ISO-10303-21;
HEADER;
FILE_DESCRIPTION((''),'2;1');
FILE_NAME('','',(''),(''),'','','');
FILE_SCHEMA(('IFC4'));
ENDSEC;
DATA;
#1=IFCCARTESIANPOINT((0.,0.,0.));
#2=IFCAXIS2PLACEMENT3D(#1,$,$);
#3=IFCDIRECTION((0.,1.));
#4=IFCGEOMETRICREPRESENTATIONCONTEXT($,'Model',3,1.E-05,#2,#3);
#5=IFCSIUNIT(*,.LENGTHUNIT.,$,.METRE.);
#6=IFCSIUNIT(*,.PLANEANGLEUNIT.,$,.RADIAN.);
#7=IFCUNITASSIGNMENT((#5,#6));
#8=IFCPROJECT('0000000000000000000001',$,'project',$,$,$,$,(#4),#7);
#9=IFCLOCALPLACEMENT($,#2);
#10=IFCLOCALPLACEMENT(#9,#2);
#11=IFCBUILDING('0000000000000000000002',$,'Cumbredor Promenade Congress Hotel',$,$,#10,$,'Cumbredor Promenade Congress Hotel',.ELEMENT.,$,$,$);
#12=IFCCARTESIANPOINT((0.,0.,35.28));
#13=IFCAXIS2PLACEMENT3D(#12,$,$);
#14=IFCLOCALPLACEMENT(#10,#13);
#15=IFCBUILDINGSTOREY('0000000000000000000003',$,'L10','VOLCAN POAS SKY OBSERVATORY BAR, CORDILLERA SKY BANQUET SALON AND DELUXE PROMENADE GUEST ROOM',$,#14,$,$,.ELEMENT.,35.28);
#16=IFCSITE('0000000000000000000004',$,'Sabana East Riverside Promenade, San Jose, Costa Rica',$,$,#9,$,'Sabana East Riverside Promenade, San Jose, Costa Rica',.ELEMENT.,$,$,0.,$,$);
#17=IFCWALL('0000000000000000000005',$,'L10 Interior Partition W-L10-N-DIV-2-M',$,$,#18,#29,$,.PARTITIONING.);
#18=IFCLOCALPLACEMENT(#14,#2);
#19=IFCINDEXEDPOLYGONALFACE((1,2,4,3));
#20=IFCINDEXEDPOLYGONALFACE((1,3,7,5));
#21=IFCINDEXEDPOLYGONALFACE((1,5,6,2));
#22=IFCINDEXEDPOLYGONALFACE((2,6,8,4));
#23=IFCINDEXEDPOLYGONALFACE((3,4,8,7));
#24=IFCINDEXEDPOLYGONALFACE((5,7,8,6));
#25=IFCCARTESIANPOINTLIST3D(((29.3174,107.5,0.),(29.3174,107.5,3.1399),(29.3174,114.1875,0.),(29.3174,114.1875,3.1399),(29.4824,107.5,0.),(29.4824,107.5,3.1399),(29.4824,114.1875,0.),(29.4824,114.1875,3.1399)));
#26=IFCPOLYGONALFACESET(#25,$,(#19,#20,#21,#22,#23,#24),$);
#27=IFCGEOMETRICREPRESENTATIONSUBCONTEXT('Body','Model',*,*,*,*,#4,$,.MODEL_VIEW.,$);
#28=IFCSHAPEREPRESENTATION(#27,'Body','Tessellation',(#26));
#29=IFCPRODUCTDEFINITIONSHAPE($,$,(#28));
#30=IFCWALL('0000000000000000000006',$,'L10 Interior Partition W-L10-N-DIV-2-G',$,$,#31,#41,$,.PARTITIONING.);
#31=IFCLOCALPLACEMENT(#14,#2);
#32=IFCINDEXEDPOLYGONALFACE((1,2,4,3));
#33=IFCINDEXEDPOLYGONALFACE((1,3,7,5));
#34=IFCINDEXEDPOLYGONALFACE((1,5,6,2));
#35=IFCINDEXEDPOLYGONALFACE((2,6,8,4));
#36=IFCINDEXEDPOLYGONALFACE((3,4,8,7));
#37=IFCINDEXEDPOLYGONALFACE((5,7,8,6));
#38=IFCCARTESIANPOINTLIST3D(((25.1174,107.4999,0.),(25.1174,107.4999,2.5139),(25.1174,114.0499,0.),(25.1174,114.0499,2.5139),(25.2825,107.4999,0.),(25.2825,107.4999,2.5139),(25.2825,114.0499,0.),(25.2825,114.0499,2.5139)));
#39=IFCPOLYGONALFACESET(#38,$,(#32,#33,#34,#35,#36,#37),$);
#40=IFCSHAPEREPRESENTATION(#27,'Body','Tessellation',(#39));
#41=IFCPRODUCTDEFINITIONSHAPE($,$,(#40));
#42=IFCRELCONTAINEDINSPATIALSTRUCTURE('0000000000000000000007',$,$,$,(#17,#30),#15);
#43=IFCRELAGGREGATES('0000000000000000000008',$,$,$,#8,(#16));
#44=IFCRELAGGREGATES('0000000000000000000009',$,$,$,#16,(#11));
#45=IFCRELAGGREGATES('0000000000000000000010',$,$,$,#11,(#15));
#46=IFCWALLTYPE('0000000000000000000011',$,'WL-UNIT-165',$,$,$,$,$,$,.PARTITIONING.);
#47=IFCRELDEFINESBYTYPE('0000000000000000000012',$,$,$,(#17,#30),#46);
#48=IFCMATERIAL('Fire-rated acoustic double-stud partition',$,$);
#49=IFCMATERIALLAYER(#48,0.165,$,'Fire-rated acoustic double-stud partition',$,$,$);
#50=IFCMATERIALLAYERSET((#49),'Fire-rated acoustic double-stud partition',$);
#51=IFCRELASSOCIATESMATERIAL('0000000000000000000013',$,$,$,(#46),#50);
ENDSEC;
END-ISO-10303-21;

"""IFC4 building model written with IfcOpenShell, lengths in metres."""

from ifc_helpers import new_model, si_unit, direction, frame, frame_2d, origin, place, context, subcontext, project, spatial, rectangle, extrude, material, layer, layer_set, type_object, element, save


model = new_model("IFC4")

# Units and contexts
model_context = context("Model", 3, precision=1e-05, world=origin(), true_north=direction((0.0, 1.0)))
body_context = subcontext(model_context, "Body", "Model", "MODEL_VIEW")
ifc_project = project(units=[si_unit("LENGTHUNIT", "METRE"), si_unit("PLANEANGLEUNIT", "RADIAN")], contexts=[model_context])

# Site, building, storey
site_placement = place(None, origin())
site = spatial("IfcSite", under=ifc_project, at=site_placement, Name="Sabana East Riverside Promenade, San Jose, Costa Rica", LongName="Sabana East Riverside Promenade, San Jose, Costa Rica", CompositionType="ELEMENT", RefElevation=0.0)
building_placement = place(site_placement, origin())
building = spatial("IfcBuilding", under=site, at=building_placement, Name="Cumbredor Promenade Congress Hotel", LongName="Cumbredor Promenade Congress Hotel", CompositionType="ELEMENT")
storey_placement = place(building_placement, frame((0.0, 0.0, 35.28)))
storey = spatial("IfcBuildingStorey", under=building, at=storey_placement, Name="L10", Description="VOLCAN POAS SKY OBSERVATORY BAR, CORDILLERA SKY BANQUET SALON AND DELUXE PROMENADE GUEST ROOM", CompositionType="ELEMENT", Elevation=35.28)

# Walls
ifc_material_1 = material(Name="Fire-rated acoustic double-stud partition")
ifc_layer_1 = layer(ifc_material_1, 0.165, Name="Fire-rated acoustic double-stud partition")
ifc_layer_set_1 = layer_set([ifc_layer_1], Name="Fire-rated acoustic double-stud partition")
wall_type_1 = type_object("IfcWallType", Name="WL-UNIT-165", PredefinedType="PARTITIONING", material=ifc_layer_set_1)
wall_1_placement = place(storey_placement, frame((29.3999, 107.5, 0.0), z_axis=(0.0, 0.0, 1.0), x_axis=(0.0, 1.0, 0.0)))
element("IfcWall", 1, at=wall_1_placement, inside=storey, type_object=wall_type_1, Name="L10 Interior Partition W-L10-N-DIV-2-M", PredefinedType="PARTITIONING", context=body_context, shape_type="SweptSolid", body=[
    extrude(rectangle(XDim=6.6875, YDim=0.165, at=frame_2d((3.3438, 0.0))), origin(), (0.0, 0.0, 1.0), 3.1399),
])
wall_2_placement = place(storey_placement, frame((25.2, 107.5, 0.0), z_axis=(0.0, 0.0, 1.0), x_axis=(0.0, 1.0, 0.0)))
element("IfcWall", 2, at=wall_2_placement, inside=storey, type_object=wall_type_1, Name="L10 Interior Partition W-L10-N-DIV-2-G", PredefinedType="PARTITIONING", context=body_context, shape_type="SweptSolid", body=[
    extrude(rectangle(XDim=6.55, YDim=0.165, at=frame_2d((3.2749, 0.0))), origin(), (0.0, 0.0, 1.0), 2.5139),
])

save(model, "model.ifc")
